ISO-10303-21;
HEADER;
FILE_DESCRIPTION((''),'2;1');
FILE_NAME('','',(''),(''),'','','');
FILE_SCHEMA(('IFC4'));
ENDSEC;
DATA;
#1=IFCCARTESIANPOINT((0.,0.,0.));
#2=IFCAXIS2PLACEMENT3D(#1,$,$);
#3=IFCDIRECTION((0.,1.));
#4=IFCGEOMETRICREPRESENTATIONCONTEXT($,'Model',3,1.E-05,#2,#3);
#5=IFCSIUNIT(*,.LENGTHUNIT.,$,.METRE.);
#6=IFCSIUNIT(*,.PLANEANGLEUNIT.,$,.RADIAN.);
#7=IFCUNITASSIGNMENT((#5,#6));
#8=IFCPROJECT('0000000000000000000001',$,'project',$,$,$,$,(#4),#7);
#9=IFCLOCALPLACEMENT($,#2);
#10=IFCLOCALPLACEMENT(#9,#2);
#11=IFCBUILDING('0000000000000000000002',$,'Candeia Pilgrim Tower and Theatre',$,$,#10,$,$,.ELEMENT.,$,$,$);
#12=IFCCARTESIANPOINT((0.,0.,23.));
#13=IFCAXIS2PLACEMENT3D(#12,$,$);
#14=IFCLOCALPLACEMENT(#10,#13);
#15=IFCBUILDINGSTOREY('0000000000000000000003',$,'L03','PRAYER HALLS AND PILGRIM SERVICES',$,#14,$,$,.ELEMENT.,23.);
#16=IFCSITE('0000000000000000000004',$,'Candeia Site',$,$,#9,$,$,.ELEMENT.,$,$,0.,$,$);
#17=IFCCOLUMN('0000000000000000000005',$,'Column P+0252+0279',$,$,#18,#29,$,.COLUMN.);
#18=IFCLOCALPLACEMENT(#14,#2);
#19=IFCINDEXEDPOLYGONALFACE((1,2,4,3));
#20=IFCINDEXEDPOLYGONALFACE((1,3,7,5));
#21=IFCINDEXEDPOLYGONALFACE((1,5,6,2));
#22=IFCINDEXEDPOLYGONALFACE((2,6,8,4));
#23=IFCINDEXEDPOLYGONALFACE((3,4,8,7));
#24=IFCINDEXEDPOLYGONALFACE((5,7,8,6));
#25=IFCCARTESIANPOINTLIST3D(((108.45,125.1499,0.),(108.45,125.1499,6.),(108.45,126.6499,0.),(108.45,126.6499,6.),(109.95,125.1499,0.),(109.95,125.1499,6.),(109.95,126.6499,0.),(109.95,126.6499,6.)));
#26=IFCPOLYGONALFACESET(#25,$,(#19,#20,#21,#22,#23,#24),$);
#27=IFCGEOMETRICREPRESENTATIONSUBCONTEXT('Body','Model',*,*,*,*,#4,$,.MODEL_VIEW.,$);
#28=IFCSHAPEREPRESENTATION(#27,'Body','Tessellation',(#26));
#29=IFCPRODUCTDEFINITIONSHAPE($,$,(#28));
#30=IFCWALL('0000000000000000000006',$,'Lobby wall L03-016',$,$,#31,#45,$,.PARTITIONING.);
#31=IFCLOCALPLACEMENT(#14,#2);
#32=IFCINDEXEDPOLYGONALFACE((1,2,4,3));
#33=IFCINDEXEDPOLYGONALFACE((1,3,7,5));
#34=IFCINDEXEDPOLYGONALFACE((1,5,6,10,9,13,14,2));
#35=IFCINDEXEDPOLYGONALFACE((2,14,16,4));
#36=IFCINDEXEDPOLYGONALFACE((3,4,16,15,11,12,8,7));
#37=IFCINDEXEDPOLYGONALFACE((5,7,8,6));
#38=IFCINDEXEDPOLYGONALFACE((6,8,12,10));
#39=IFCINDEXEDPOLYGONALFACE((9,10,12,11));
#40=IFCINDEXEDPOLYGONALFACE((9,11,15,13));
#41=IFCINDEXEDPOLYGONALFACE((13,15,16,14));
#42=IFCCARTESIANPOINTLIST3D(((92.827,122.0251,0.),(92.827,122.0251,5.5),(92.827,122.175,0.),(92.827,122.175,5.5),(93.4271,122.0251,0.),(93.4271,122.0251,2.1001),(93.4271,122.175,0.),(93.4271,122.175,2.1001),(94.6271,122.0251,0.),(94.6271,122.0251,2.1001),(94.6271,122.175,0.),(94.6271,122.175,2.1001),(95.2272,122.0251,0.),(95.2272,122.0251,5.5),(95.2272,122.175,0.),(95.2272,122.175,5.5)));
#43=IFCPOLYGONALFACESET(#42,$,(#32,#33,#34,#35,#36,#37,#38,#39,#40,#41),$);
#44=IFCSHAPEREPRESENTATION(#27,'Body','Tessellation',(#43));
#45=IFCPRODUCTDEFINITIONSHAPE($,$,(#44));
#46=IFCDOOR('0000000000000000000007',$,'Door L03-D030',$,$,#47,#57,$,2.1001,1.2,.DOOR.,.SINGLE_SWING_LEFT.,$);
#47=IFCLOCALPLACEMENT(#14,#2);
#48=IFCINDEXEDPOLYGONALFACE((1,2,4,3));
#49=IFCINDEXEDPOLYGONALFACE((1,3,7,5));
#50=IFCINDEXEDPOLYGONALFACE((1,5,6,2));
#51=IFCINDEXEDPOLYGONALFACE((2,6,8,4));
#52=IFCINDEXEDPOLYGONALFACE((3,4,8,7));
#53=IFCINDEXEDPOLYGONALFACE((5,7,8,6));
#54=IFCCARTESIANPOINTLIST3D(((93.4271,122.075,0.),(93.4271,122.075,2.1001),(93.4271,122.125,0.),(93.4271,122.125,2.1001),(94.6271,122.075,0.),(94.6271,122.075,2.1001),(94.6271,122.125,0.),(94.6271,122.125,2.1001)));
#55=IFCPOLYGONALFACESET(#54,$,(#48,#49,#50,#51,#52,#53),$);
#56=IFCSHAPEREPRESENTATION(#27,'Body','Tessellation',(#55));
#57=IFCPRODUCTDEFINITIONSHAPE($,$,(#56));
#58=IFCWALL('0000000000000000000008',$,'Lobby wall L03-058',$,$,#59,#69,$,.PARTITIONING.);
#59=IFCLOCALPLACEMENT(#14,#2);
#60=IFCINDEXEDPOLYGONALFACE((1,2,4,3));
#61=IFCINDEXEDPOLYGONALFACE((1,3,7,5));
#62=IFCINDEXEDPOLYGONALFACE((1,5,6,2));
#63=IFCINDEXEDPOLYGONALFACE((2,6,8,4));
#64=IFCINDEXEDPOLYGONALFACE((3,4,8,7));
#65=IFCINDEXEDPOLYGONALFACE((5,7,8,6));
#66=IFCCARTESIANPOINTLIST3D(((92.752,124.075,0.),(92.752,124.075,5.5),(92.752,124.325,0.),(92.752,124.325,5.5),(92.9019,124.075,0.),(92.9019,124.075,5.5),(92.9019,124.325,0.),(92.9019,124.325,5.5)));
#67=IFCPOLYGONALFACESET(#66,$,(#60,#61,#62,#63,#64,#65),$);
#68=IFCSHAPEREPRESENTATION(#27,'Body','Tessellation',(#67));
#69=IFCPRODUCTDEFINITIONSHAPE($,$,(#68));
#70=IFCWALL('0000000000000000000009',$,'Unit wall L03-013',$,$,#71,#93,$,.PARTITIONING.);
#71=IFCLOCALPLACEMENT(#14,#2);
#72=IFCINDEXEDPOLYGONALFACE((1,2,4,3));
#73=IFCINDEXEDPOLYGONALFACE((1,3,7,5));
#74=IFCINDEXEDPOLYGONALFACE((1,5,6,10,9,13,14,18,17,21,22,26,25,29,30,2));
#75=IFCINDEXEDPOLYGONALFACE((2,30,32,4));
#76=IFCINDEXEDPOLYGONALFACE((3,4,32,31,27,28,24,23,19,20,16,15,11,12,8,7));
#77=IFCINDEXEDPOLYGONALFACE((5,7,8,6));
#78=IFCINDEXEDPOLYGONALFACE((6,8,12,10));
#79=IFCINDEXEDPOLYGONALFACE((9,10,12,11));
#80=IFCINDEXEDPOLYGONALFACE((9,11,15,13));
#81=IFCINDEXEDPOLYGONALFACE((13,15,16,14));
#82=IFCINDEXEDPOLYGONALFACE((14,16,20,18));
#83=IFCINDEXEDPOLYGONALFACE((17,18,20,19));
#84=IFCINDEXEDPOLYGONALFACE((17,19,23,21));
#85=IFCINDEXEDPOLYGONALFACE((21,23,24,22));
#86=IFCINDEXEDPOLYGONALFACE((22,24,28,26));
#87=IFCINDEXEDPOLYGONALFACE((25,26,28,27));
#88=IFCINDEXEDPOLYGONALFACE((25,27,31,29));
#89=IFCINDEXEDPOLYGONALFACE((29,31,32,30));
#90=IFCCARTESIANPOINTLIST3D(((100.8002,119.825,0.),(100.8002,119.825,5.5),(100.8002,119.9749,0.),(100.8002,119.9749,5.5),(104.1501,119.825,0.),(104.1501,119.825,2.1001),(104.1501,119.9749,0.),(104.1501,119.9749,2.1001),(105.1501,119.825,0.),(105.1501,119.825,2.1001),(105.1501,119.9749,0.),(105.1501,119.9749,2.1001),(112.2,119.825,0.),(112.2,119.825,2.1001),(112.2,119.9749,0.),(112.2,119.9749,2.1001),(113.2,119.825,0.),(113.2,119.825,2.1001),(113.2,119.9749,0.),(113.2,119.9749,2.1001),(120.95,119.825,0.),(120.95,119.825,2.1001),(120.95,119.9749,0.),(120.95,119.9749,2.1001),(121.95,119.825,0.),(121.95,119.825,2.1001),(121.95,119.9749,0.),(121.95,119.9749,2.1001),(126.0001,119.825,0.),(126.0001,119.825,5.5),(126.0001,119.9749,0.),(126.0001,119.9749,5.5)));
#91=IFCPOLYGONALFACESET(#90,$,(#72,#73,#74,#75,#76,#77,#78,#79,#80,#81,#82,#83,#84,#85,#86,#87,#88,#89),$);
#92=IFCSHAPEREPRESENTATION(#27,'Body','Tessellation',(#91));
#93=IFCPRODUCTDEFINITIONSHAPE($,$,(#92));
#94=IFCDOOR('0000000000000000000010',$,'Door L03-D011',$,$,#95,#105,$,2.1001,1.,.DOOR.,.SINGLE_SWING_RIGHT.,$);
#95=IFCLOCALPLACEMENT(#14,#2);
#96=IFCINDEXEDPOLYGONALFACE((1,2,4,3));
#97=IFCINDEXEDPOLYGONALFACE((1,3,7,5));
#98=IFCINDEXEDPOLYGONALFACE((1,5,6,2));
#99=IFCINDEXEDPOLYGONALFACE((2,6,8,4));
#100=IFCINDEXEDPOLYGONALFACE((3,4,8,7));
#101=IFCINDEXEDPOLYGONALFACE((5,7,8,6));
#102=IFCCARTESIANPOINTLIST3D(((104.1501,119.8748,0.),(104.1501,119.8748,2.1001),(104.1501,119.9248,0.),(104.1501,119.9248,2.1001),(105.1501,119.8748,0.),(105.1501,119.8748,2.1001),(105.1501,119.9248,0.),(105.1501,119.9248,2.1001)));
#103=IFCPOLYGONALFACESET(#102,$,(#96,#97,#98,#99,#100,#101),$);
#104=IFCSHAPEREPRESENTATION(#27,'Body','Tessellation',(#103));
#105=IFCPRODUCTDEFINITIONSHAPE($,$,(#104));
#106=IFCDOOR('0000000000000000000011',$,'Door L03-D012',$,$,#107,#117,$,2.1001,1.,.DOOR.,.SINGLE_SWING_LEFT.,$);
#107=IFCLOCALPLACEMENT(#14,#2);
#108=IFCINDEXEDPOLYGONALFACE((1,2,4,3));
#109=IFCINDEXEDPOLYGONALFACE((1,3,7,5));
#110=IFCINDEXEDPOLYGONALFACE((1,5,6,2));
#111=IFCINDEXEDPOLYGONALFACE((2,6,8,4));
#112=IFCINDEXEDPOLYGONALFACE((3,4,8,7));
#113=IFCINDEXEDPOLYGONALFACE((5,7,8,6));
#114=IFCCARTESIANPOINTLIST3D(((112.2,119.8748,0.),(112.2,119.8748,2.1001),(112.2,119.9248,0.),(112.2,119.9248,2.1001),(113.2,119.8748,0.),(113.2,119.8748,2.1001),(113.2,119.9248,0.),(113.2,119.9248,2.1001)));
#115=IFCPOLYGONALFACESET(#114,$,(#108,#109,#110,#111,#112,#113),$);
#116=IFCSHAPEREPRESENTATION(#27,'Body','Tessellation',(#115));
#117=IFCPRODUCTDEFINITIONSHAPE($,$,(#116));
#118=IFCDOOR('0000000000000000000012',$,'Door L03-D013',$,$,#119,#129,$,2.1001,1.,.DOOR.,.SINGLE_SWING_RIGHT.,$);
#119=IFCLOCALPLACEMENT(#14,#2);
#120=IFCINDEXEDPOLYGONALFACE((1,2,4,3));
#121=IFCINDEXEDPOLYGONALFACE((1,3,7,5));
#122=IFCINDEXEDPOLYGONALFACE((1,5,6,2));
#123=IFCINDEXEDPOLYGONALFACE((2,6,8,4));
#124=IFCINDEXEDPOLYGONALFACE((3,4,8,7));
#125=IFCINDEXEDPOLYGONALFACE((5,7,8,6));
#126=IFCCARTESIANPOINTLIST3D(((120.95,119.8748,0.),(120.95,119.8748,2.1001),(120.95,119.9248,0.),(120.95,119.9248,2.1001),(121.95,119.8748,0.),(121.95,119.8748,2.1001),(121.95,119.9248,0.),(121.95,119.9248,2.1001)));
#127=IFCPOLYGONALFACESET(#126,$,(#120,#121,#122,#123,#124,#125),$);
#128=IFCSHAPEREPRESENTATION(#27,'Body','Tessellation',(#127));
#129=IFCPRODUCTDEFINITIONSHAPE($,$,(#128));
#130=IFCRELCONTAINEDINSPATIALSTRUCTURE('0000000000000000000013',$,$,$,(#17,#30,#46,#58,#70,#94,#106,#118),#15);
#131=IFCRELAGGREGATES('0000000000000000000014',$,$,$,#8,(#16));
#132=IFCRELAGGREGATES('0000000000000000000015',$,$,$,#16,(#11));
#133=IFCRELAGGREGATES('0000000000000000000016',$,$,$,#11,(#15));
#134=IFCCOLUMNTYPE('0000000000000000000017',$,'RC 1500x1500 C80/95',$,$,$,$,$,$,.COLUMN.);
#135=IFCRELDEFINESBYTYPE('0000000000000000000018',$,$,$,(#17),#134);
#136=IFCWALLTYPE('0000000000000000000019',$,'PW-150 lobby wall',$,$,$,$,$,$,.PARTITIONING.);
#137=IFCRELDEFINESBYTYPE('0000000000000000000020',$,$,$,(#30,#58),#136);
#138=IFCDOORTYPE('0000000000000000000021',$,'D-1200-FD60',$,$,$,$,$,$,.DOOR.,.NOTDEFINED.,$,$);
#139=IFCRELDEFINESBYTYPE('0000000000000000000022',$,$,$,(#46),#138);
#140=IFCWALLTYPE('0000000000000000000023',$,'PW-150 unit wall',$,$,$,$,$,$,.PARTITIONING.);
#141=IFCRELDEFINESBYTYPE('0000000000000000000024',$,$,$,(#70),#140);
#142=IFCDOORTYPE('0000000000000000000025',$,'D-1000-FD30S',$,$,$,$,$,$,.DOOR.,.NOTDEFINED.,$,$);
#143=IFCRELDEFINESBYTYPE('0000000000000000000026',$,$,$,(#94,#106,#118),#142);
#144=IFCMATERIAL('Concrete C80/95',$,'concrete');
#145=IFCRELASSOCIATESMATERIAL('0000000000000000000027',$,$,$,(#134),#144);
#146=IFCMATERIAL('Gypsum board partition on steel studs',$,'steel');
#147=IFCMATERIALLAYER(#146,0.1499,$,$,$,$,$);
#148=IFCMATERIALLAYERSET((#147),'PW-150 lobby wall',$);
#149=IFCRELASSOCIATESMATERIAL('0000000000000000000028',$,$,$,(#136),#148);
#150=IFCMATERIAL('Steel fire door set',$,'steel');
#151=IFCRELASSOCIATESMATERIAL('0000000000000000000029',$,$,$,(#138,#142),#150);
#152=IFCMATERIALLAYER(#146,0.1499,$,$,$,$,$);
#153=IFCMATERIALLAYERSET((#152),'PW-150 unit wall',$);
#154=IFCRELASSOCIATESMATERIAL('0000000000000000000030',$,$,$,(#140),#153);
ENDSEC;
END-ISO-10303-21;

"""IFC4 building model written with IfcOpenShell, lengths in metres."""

from ifc_helpers import new_model, si_unit, direction, frame, frame_2d, origin, origin_2d, place, context, subcontext, project, spatial, rectangle, extrude, material, layer, layer_set, material_profile, profile_set, type_object, element, fill, save


model = new_model("IFC4")

# Units and contexts
model_context = context("Model", 3, precision=1e-05, world=origin(), true_north=direction((0.0, 1.0)))
body_context = subcontext(model_context, "Body", "Model", "MODEL_VIEW")
ifc_project = project(units=[si_unit("LENGTHUNIT", "METRE"), si_unit("PLANEANGLEUNIT", "RADIAN")], contexts=[model_context])

# Site, building, storey
site_placement = place(None, origin())
site = spatial("IfcSite", under=ifc_project, at=site_placement, Name="Candeia Site", CompositionType="ELEMENT", RefElevation=0.0)
building_placement = place(site_placement, origin())
building = spatial("IfcBuilding", under=site, at=building_placement, Name="Candeia Pilgrim Tower and Theatre", CompositionType="ELEMENT")
storey_placement = place(building_placement, frame((0.0, 0.0, 23.0)))
storey = spatial("IfcBuildingStorey", under=building, at=storey_placement, Name="L03", Description="PRAYER HALLS AND PILGRIM SERVICES", CompositionType="ELEMENT", Elevation=23.0)

# Column
ifc_material_1 = material(Name="Concrete C80/95", Category="concrete")
ifc_material_profile = material_profile(ifc_material_1, rectangle(XDim=1.5, YDim=1.5, at=origin_2d()))
ifc_profile_set = profile_set([ifc_material_profile], Name="Concrete C80/95")
column_type = type_object("IfcColumnType", Name="RC 1500x1500 C80/95", PredefinedType="COLUMN", material=ifc_profile_set)
column_placement = place(storey_placement, frame((109.2, 125.8999, 0.0), z_axis=(0.0, 0.0, 1.0), x_axis=(1.0, 0.0, 0.0)))
element("IfcColumn", 1, at=column_placement, inside=storey, type_object=column_type, Name="Column P+0252+0279", PredefinedType="COLUMN", context=body_context, shape_type="SweptSolid", body=[
    extrude(rectangle(XDim=1.5, YDim=1.5, at=origin_2d()), origin(), (0.0, 0.0, 1.0), 6.0),
])

# Wall, opening, door
ifc_material_2 = material(Name="Gypsum board partition on steel studs", Category="steel")
ifc_layer_1 = layer(ifc_material_2, 0.1499)
ifc_layer_set_1 = layer_set([ifc_layer_1], Name="PW-150 lobby wall")
wall_type_1 = type_object("IfcWallType", Name="PW-150 lobby wall", PredefinedType="PARTITIONING", material=ifc_layer_set_1)
wall_1_placement = place(storey_placement, frame((92.8269, 122.1001, 0.0), z_axis=(0.0, 0.0, 1.0), x_axis=(1.0, 0.0, 0.0)))
wall_1 = element("IfcWall", 2, at=wall_1_placement, inside=storey, type_object=wall_type_1, Name="Lobby wall L03-016", PredefinedType="PARTITIONING", context=body_context, shape_type="SweptSolid", body=[
    extrude(rectangle(XDim=2.4001, YDim=0.1499, at=frame_2d((1.2002, 0.0))), origin(), (0.0, 0.0, 1.0), 5.5),
])
opening_1_placement = place(wall_1_placement, frame((0.6001, 0.0, 0.0)))
opening_1 = element("IfcOpeningElement", 3, at=opening_1_placement, cuts=wall_1, PredefinedType="OPENING", context=body_context, shape_type="SweptSolid", body=[
    extrude(rectangle(XDim=1.2, YDim=2.1001, at=frame_2d((0.6001, 1.05))), frame((0.0, 0.085, 0.0), z_axis=(0.0, -1.0, 0.0), x_axis=(1.0, 0.0, 0.0)), (0.0, 0.0, 1.0), 0.1699),
])
ifc_material_3 = material(Name="Steel fire door set", Category="steel")
door_type_1 = type_object("IfcDoorType", Name="D-1200-FD60", OperationType="NOTDEFINED", PredefinedType="DOOR", material=ifc_material_3)
door_1_placement = place(opening_1_placement, origin())
door_1 = element("IfcDoor", 4, at=door_1_placement, inside=storey, type_object=door_type_1, Name="Door L03-D030", OperationType="SINGLE_SWING_LEFT", OverallHeight=2.1001, OverallWidth=1.2, PredefinedType="DOOR", context=body_context, shape_type="SweptSolid", body=[
    extrude(rectangle(XDim=1.2, YDim=2.1001, at=frame_2d((0.6001, 1.05))), frame((0.0, 0.0249, 0.0), z_axis=(0.0, -1.0, 0.0), x_axis=(1.0, 0.0, 0.0)), (0.0, 0.0, 1.0), 0.05),
])
fill(opening_1, door_1)

# Wall
wall_2_placement = place(storey_placement, frame((92.8269, 124.075, 0.0), z_axis=(0.0, 0.0, 1.0), x_axis=(0.0, 1.0, 0.0)))
element("IfcWall", 5, at=wall_2_placement, inside=storey, type_object=wall_type_1, Name="Lobby wall L03-058", PredefinedType="PARTITIONING", context=body_context, shape_type="SweptSolid", body=[
    extrude(rectangle(XDim=0.25, YDim=0.1499, at=frame_2d((0.125, 0.0))), origin(), (0.0, 0.0, 1.0), 5.5),
])

# Wall, openings, doors
ifc_layer_2 = layer(ifc_material_2, 0.1499)
ifc_layer_set_2 = layer_set([ifc_layer_2], Name="PW-150 unit wall")
wall_type_2 = type_object("IfcWallType", Name="PW-150 unit wall", PredefinedType="PARTITIONING", material=ifc_layer_set_2)
wall_3_placement = place(storey_placement, frame((100.8, 119.8999, 0.0), z_axis=(0.0, 0.0, 1.0), x_axis=(1.0, 0.0, 0.0)))
wall_3 = element("IfcWall", 6, at=wall_3_placement, inside=storey, type_object=wall_type_2, Name="Unit wall L03-013", PredefinedType="PARTITIONING", context=body_context, shape_type="SweptSolid", body=[
    extrude(rectangle(XDim=25.2, YDim=0.1499, at=frame_2d((12.6001, 0.0))), origin(), (0.0, 0.0, 1.0), 5.5),
])
opening_2_placement = place(wall_3_placement, frame((3.3501, 0.0, 0.0)))
opening_2 = element("IfcOpeningElement", 7, at=opening_2_placement, cuts=wall_3, PredefinedType="OPENING", context=body_context, shape_type="SweptSolid", body=[
    extrude(rectangle(XDim=1.0, YDim=2.1001, at=frame_2d((0.5, 1.05))), frame((0.0, 0.085, 0.0), z_axis=(0.0, -1.0, 0.0), x_axis=(1.0, 0.0, 0.0)), (0.0, 0.0, 1.0), 0.1699),
])
opening_3_placement = place(wall_3_placement, frame((11.3999, 0.0, 0.0)))
opening_3 = element("IfcOpeningElement", 8, at=opening_3_placement, cuts=wall_3, PredefinedType="OPENING", context=body_context, shape_type="SweptSolid", body=[
    extrude(rectangle(XDim=1.0, YDim=2.1001, at=frame_2d((0.5, 1.05))), frame((0.0, 0.085, 0.0), z_axis=(0.0, -1.0, 0.0), x_axis=(1.0, 0.0, 0.0)), (0.0, 0.0, 1.0), 0.1699),
])
opening_4_placement = place(wall_3_placement, frame((20.1499, 0.0, 0.0)))
opening_4 = element("IfcOpeningElement", 9, at=opening_4_placement, cuts=wall_3, PredefinedType="OPENING", context=body_context, shape_type="SweptSolid", body=[
    extrude(rectangle(XDim=1.0, YDim=2.1001, at=frame_2d((0.5, 1.05))), frame((0.0, 0.085, 0.0), z_axis=(0.0, -1.0, 0.0), x_axis=(1.0, 0.0, 0.0)), (0.0, 0.0, 1.0), 0.1699),
])
door_type_2 = type_object("IfcDoorType", Name="D-1000-FD30S", OperationType="NOTDEFINED", PredefinedType="DOOR", material=ifc_material_3)
door_2_placement = place(opening_2_placement, origin())
door_2 = element("IfcDoor", 10, at=door_2_placement, inside=storey, type_object=door_type_2, Name="Door L03-D011", OperationType="SINGLE_SWING_RIGHT", OverallHeight=2.1001, OverallWidth=1.0, PredefinedType="DOOR", context=body_context, shape_type="SweptSolid", body=[
    extrude(rectangle(XDim=1.0, YDim=2.1001, at=frame_2d((0.5, 1.05))), frame((0.0, 0.0249, 0.0), z_axis=(0.0, -1.0, 0.0), x_axis=(1.0, 0.0, 0.0)), (0.0, 0.0, 1.0), 0.05),
])
fill(opening_2, door_2)
door_3_placement = place(opening_3_placement, origin())
door_3 = element("IfcDoor", 11, at=door_3_placement, inside=storey, type_object=door_type_2, Name="Door L03-D012", OperationType="SINGLE_SWING_LEFT", OverallHeight=2.1001, OverallWidth=1.0, PredefinedType="DOOR", context=body_context, shape_type="SweptSolid", body=[
    extrude(rectangle(XDim=1.0, YDim=2.1001, at=frame_2d((0.5, 1.05))), frame((0.0, 0.0249, 0.0), z_axis=(0.0, -1.0, 0.0), x_axis=(1.0, 0.0, 0.0)), (0.0, 0.0, 1.0), 0.05),
])
fill(opening_3, door_3)
door_4_placement = place(opening_4_placement, origin())
door_4 = element("IfcDoor", 12, at=door_4_placement, inside=storey, type_object=door_type_2, Name="Door L03-D013", OperationType="SINGLE_SWING_RIGHT", OverallHeight=2.1001, OverallWidth=1.0, PredefinedType="DOOR", context=body_context, shape_type="SweptSolid", body=[
    extrude(rectangle(XDim=1.0, YDim=2.1001, at=frame_2d((0.5, 1.05))), frame((0.0, 0.0249, 0.0), z_axis=(0.0, -1.0, 0.0), x_axis=(1.0, 0.0, 0.0)), (0.0, 0.0, 1.0), 0.05),
])
fill(opening_4, door_4)

save(model, "model.ifc")
